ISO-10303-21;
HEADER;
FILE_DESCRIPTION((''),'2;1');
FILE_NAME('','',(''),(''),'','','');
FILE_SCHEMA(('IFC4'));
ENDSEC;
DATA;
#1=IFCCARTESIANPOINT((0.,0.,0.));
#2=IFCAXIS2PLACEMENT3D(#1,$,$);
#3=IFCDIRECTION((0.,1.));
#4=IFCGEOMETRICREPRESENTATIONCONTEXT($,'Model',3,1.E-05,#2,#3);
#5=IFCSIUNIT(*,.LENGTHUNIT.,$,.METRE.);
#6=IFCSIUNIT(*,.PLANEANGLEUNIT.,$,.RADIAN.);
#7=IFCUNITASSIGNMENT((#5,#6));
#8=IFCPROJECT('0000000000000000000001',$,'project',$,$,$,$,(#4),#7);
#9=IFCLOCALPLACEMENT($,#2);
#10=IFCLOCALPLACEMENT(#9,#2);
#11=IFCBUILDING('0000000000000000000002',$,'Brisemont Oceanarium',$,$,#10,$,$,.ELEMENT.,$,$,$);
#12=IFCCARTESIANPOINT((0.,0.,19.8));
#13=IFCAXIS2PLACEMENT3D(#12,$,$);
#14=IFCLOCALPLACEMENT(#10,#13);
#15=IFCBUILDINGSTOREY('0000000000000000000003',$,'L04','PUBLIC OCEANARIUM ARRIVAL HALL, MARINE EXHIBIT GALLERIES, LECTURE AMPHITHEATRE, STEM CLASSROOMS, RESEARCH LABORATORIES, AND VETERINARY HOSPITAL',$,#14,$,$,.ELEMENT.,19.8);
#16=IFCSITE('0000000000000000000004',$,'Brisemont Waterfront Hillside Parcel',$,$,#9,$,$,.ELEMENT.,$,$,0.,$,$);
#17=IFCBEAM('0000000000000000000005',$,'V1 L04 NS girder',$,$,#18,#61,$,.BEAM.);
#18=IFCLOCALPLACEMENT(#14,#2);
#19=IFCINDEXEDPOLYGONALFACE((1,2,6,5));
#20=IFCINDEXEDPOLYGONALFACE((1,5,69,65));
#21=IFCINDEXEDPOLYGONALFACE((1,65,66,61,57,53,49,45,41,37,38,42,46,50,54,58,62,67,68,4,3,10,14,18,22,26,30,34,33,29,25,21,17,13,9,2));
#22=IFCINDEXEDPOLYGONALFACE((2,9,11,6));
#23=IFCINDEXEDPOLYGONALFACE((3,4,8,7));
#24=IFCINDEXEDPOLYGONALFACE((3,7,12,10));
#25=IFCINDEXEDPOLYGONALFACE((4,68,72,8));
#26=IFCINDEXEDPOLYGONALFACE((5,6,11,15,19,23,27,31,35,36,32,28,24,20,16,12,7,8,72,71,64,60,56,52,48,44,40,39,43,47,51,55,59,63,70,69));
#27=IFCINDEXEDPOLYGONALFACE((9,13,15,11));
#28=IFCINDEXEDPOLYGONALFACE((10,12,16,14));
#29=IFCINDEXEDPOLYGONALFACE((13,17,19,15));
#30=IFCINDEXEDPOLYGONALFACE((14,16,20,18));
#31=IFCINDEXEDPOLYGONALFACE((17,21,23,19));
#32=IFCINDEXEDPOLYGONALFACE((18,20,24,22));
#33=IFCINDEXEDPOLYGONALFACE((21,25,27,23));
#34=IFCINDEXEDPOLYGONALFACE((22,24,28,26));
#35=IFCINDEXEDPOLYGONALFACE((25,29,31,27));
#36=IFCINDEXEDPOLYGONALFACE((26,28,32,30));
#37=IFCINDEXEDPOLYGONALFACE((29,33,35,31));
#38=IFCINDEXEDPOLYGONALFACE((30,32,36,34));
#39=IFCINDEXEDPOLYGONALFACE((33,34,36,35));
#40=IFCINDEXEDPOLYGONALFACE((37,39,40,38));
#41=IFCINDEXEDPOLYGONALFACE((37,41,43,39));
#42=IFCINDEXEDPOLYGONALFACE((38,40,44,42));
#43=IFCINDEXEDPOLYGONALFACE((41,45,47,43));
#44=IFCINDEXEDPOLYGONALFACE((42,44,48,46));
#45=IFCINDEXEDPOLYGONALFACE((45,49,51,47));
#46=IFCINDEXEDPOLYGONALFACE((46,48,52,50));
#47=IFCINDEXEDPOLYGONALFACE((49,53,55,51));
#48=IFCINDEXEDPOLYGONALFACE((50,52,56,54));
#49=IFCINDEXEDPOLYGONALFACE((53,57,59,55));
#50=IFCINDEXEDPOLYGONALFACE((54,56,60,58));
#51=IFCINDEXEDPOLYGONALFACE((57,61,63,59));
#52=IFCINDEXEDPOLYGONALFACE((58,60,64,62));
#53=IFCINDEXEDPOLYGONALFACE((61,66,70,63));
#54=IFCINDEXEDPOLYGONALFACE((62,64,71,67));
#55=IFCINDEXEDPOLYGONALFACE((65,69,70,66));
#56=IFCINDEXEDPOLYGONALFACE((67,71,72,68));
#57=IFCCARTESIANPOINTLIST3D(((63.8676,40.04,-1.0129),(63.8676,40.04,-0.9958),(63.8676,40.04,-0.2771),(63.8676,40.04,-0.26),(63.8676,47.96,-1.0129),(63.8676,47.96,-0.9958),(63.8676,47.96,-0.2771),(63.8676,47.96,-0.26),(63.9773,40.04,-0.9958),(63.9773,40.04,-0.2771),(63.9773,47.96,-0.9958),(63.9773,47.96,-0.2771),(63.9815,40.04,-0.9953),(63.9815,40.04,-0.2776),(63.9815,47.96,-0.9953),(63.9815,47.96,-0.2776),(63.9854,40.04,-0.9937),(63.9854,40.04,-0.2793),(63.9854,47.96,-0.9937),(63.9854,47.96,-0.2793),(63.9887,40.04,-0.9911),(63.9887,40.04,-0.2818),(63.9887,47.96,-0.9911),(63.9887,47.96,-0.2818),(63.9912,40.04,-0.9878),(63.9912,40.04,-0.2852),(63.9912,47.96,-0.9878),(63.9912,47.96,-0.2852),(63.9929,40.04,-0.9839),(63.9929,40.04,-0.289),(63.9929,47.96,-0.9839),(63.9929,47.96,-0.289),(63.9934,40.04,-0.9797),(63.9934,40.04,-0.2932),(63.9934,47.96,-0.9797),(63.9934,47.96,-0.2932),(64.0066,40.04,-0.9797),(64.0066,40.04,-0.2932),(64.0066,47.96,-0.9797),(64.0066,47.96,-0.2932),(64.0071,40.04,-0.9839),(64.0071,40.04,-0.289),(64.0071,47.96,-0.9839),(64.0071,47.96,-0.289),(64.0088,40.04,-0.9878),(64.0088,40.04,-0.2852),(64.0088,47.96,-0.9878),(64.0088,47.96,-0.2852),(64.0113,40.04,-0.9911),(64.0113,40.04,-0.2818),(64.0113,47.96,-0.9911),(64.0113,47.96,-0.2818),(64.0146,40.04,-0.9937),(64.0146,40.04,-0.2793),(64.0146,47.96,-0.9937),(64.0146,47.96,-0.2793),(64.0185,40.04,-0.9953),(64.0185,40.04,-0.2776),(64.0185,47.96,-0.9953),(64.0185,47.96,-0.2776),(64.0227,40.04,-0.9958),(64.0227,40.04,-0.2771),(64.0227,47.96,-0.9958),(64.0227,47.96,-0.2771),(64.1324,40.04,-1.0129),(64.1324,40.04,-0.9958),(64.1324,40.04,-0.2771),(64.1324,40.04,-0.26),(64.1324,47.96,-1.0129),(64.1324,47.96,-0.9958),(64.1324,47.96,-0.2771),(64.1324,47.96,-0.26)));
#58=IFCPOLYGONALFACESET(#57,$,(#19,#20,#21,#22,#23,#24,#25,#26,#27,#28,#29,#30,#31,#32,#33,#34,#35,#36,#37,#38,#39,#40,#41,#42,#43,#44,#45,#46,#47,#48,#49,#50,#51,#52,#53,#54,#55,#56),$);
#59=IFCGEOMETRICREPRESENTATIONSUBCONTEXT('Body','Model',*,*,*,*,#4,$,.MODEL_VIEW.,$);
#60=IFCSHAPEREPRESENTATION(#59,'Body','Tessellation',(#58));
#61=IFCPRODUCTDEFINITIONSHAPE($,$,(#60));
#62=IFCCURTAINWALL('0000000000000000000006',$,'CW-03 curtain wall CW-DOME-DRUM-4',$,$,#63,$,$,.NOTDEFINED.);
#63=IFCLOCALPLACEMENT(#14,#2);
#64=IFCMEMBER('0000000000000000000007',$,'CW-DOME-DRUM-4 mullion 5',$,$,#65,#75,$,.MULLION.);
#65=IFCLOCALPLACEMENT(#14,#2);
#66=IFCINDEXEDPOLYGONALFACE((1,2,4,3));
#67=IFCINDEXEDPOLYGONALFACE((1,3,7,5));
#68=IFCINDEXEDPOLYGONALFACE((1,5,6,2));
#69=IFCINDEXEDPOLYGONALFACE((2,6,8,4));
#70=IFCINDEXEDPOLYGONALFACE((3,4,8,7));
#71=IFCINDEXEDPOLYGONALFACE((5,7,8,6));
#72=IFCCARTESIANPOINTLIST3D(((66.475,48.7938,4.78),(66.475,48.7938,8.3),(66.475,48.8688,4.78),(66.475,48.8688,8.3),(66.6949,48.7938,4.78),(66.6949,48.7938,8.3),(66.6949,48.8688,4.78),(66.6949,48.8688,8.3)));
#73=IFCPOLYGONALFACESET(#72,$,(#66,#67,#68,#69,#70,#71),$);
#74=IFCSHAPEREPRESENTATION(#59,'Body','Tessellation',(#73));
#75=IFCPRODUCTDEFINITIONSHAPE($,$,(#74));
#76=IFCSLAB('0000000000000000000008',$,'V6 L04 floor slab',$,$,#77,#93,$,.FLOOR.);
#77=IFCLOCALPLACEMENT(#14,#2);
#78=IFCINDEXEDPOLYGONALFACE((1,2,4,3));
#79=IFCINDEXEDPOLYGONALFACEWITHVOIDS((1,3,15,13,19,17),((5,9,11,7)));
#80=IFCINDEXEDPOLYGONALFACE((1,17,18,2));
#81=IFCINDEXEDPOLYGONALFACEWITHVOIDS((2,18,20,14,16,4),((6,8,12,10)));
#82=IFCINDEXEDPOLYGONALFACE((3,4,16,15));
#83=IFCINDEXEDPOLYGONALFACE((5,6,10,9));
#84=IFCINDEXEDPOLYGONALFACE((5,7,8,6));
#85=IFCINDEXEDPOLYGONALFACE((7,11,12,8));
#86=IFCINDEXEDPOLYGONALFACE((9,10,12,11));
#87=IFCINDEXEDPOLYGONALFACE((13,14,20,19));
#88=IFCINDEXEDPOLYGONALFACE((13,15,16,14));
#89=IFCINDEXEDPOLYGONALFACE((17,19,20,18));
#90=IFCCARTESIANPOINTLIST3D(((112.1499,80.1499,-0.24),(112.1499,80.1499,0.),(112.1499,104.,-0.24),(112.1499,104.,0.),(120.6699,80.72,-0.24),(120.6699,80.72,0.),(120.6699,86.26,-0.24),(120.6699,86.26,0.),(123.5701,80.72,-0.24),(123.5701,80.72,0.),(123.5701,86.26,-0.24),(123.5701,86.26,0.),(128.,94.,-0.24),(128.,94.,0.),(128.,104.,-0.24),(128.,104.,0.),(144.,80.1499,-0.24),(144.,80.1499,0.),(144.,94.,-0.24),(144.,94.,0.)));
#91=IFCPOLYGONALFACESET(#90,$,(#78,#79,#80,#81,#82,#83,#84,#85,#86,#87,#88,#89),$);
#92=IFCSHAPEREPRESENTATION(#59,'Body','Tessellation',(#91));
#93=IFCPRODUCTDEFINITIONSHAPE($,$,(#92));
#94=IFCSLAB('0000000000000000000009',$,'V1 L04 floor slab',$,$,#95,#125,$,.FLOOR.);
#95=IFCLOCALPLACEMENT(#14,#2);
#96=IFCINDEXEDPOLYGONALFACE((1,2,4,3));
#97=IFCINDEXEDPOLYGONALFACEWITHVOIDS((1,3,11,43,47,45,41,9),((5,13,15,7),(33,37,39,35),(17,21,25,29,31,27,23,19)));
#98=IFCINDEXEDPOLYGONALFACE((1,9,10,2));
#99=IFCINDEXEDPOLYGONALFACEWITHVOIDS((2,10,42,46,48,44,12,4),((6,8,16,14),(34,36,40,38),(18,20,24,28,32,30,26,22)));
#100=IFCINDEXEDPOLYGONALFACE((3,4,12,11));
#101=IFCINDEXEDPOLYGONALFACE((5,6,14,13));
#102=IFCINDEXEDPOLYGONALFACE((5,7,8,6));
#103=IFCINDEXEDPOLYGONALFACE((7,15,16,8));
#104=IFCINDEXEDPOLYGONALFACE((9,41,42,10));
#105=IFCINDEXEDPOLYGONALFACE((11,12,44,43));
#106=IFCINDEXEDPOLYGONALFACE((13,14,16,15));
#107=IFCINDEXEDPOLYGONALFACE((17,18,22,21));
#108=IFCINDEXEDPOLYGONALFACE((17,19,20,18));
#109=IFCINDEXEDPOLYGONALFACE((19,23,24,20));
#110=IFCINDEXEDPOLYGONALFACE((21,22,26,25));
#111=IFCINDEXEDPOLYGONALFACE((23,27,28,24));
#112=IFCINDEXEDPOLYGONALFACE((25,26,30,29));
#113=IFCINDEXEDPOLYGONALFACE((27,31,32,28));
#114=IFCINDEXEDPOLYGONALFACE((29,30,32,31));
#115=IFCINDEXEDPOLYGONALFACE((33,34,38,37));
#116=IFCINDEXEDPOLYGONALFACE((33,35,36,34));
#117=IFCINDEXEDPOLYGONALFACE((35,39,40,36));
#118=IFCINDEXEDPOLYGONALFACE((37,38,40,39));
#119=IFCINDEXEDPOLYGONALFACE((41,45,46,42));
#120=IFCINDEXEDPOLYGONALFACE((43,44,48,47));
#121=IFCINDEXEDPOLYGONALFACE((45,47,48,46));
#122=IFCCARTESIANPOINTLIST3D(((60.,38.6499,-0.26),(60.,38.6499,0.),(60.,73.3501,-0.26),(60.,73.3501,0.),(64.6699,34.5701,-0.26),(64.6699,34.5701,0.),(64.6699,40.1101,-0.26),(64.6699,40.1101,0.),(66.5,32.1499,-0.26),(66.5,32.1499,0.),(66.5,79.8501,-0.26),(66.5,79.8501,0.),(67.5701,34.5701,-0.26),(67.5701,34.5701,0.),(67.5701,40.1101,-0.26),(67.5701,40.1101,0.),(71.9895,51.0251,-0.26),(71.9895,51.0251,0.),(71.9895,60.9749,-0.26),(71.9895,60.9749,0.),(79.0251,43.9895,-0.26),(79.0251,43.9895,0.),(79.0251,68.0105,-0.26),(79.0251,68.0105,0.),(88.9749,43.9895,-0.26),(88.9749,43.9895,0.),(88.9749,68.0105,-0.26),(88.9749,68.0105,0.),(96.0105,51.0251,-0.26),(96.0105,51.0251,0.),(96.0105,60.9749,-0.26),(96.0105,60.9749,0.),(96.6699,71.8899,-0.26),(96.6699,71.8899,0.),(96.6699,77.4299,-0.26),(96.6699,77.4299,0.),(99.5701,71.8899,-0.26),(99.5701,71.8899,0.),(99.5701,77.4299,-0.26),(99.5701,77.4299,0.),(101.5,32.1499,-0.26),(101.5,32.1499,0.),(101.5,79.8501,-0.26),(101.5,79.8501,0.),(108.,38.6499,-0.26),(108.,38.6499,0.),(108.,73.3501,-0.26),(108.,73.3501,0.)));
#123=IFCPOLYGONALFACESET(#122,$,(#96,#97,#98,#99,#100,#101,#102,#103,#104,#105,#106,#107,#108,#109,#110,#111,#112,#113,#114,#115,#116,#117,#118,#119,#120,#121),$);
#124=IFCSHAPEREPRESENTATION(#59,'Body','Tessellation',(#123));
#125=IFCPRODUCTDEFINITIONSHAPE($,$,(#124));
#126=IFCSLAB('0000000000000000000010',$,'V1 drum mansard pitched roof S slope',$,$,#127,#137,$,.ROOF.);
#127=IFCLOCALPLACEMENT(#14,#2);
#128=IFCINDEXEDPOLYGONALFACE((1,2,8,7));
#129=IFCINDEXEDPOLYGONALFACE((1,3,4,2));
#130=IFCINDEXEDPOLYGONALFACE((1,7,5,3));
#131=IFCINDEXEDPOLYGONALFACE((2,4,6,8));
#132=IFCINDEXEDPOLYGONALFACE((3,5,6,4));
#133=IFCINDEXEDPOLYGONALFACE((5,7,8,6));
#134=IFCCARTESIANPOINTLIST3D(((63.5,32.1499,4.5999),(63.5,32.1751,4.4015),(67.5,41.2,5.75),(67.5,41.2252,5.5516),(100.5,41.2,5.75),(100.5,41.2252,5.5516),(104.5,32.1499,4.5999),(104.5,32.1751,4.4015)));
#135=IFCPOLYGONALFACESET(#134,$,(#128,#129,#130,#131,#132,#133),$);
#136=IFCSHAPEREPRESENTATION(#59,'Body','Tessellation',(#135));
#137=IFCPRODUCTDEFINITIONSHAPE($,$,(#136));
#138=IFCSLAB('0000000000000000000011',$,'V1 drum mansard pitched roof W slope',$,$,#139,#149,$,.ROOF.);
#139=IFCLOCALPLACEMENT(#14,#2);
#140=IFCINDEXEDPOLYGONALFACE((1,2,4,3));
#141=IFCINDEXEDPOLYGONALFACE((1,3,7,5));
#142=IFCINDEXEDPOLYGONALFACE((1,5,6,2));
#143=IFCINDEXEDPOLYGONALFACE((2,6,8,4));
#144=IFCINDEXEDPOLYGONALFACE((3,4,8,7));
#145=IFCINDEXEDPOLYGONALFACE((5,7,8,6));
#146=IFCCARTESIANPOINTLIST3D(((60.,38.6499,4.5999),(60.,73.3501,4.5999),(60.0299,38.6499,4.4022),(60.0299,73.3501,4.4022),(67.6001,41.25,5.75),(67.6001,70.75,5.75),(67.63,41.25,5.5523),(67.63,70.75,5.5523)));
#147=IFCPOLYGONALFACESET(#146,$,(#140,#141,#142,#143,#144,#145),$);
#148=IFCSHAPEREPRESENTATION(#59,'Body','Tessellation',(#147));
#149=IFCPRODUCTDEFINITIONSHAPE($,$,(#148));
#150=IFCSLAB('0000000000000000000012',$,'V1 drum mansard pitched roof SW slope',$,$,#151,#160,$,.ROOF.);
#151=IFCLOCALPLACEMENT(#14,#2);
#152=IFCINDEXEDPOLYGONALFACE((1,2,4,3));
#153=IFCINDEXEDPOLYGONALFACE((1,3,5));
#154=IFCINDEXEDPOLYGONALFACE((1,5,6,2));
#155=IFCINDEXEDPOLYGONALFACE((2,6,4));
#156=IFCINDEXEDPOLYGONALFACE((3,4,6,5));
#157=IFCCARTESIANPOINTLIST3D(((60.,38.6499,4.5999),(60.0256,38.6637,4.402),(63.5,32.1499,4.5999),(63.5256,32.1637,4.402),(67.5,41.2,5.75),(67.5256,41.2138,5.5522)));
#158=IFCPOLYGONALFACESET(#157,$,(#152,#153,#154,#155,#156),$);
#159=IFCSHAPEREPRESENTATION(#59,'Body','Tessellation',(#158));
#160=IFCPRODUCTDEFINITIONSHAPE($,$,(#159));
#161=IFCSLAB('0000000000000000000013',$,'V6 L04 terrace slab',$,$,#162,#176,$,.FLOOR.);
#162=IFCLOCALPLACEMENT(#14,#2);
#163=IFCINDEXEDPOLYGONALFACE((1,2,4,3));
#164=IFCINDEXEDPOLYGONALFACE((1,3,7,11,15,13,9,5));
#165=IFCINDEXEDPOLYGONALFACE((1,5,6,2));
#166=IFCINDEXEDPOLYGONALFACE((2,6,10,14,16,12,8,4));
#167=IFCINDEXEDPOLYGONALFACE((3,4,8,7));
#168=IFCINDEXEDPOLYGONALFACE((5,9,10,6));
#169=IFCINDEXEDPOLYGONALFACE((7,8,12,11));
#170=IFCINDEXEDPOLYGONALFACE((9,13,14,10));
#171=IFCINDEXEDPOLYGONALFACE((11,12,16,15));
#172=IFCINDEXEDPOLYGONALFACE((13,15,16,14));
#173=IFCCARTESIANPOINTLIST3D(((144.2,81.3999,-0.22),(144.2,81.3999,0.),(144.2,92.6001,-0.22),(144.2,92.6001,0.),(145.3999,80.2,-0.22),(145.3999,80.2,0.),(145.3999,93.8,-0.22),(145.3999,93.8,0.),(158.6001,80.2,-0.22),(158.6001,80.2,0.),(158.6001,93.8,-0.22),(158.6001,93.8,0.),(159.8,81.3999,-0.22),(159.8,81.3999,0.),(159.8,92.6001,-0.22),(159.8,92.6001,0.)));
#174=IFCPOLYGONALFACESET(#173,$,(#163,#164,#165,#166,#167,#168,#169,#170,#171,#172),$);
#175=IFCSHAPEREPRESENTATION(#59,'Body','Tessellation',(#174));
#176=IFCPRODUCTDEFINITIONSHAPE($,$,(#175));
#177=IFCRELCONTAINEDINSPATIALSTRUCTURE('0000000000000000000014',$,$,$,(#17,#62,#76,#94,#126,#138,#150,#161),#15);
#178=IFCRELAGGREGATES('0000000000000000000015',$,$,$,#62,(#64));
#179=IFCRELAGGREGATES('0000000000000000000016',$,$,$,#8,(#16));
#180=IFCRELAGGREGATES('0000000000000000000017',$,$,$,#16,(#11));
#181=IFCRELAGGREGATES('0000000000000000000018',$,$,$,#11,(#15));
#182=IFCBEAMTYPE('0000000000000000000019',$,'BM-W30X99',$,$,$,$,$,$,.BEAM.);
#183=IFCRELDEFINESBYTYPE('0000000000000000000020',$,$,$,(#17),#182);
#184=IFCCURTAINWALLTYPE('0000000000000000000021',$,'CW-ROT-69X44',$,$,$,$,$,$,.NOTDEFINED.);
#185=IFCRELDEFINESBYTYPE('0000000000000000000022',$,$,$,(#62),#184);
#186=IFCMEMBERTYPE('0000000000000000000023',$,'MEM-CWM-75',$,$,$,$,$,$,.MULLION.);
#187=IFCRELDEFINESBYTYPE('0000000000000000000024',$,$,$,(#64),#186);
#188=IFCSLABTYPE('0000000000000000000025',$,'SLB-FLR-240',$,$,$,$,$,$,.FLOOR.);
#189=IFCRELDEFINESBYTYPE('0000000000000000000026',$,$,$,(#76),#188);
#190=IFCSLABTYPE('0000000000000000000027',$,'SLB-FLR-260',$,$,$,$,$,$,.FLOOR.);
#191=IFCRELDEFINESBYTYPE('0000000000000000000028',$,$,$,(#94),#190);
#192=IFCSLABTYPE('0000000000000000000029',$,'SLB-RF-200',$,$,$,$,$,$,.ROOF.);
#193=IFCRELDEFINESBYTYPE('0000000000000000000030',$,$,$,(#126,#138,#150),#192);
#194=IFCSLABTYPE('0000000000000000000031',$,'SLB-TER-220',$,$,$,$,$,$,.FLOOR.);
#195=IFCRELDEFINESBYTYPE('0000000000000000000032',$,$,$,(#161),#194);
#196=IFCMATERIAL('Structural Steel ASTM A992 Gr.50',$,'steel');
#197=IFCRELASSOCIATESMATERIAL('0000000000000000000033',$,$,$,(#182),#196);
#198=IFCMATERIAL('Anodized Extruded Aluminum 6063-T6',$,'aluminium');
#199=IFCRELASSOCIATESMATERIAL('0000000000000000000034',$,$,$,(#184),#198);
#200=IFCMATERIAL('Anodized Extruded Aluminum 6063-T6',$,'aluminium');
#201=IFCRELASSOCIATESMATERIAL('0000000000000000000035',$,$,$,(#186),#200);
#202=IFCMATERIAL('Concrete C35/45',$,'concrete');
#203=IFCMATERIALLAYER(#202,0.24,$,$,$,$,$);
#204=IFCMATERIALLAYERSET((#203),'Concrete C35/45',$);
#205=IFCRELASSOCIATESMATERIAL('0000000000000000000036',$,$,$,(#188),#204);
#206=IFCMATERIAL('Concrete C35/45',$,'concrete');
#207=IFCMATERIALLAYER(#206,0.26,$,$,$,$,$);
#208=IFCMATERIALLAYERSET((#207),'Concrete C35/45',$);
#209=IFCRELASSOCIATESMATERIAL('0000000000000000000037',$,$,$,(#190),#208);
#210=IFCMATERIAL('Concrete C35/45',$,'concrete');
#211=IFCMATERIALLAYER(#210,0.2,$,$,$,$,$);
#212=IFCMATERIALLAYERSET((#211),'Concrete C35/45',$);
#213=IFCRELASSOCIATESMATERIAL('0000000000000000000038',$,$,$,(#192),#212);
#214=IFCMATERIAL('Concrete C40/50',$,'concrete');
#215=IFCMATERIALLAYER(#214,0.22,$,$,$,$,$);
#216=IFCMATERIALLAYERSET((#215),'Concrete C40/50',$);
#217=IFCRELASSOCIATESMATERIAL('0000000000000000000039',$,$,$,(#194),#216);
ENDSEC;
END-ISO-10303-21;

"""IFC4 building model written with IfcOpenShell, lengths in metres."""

from ifc_helpers import new_model, si_unit, direction, frame, origin, origin_2d, place, context, subcontext, project, spatial, polyline, rectangle, i_section, outline, extrude, material, layer, layer_set, material_profile, profile_set, type_object, element, aggregate, save


model = new_model("IFC4")

# Units and contexts
model_context = context("Model", 3, precision=1e-05, world=origin(), true_north=direction((0.0, 1.0)))
body_context = subcontext(model_context, "Body", "Model", "MODEL_VIEW")
ifc_project = project(units=[si_unit("LENGTHUNIT", "METRE"), si_unit("PLANEANGLEUNIT", "RADIAN")], contexts=[model_context])

# Site, building, storey
site_placement = place(None, origin())
site = spatial("IfcSite", under=ifc_project, at=site_placement, Name="Brisemont Waterfront Hillside Parcel", CompositionType="ELEMENT", RefElevation=0.0)
building_placement = place(site_placement, origin())
building = spatial("IfcBuilding", under=site, at=building_placement, Name="Brisemont Oceanarium", CompositionType="ELEMENT")
storey_placement = place(building_placement, frame((0.0, 0.0, 19.8)))
storey = spatial("IfcBuildingStorey", under=building, at=storey_placement, Name="L04", Description="PUBLIC OCEANARIUM ARRIVAL HALL, MARINE EXHIBIT GALLERIES, LECTURE AMPHITHEATRE, STEM CLASSROOMS, RESEARCH LABORATORIES, AND VETERINARY HOSPITAL", CompositionType="ELEMENT", Elevation=19.8)

# Beam
ifc_material_1 = material(Name="Structural Steel ASTM A992 Gr.50", Category="steel")
ifc_material_profile_1 = material_profile(ifc_material_1, i_section(OverallWidth=0.2649, OverallDepth=0.7529, WebThickness=0.0132, FlangeThickness=0.0171, FilletRadius=0.0161, at=origin_2d()), Name="W30X99")
ifc_profile_set_1 = profile_set([ifc_material_profile_1], Name="Structural Steel ASTM A992 Gr.50")
beam_type_1 = type_object("IfcBeamType", Name="BM-W30X99", PredefinedType="BEAM", material=ifc_profile_set_1)
beam_1_placement = place(storey_placement, frame((64.0, 40.04, -0.6365), z_axis=(0.0, 1.0, 0.0), x_axis=(-1.0, 0.0, 0.0)))
element("IfcBeam", 1, at=beam_1_placement, inside=storey, type_object=beam_type_1, Name="V1 L04 NS girder", PredefinedType="BEAM", context=body_context, shape_type="SweptSolid", body=[
    extrude(i_section(OverallWidth=0.2649, OverallDepth=0.7529, WebThickness=0.0132, FlangeThickness=0.0171, FilletRadius=0.0161, at=origin_2d()), origin(), (0.0, 0.0, 1.0), 7.9199),
])

# Curtain wall, member
ifc_material_2 = material(Name="Anodized Extruded Aluminum 6063-T6", Category="aluminium")
curtain_wall_type = type_object("IfcCurtainWallType", Name="CW-ROT-69X44", PredefinedType="NOTDEFINED", material=ifc_material_2)
curtain_wall_placement = place(storey_placement, origin())
curtain_wall = element("IfcCurtainWall", 2, at=curtain_wall_placement, inside=storey, type_object=curtain_wall_type, Name="CW-03 curtain wall CW-DOME-DRUM-4", PredefinedType="NOTDEFINED")
ifc_material_3 = material(Name="Anodized Extruded Aluminum 6063-T6", Category="aluminium")
ifc_material_profile_2 = material_profile(ifc_material_3, rectangle(XDim=0.075, YDim=0.22, at=origin_2d()), Name="CWM-75X220")
ifc_profile_set_2 = profile_set([ifc_material_profile_2], Name="Anodized Extruded Aluminum 6063-T6")
member_type = type_object("IfcMemberType", Name="MEM-CWM-75", PredefinedType="MULLION", material=ifc_profile_set_2)
member_placement = place(storey_placement, frame((66.585, 48.8313, 4.78), z_axis=(0.0, 0.0, 1.0), x_axis=(0.0, -1.0, 0.0)))
member = element("IfcMember", 3, at=member_placement, type_object=member_type, Name="CW-DOME-DRUM-4 mullion 5", PredefinedType="MULLION", context=body_context, shape_type="SweptSolid", body=[
    extrude(rectangle(XDim=0.075, YDim=0.22, at=origin_2d()), origin(), (0.0, 0.0, 1.0), 3.52),
])
aggregate(curtain_wall, [member])

# Slabs
ifc_material_4 = material(Name="Concrete C35/45", Category="concrete")
ifc_layer_1 = layer(ifc_material_4, 0.24)
ifc_layer_set_1 = layer_set([ifc_layer_1], Name="Concrete C35/45")
slab_type_1 = type_object("IfcSlabType", Name="SLB-FLR-240", PredefinedType="FLOOR", material=ifc_layer_set_1)
slab_1_placement = place(storey_placement, frame((0.0, 0.0, -0.24)))
element("IfcSlab", 4, at=slab_1_placement, inside=storey, type_object=slab_type_1, Name="V6 L04 floor slab", PredefinedType="FLOOR", context=body_context, shape_type="SweptSolid", body=[
    extrude(outline(polyline([(112.1499, 80.1499), (144.0, 80.1499), (144.0, 94.0), (128.0, 94.0), (128.0, 104.0), (112.1499, 104.0), (112.1499, 80.1499)]), holes=[polyline([(120.6699, 80.72), (123.5701, 80.72), (123.5701, 86.26), (120.6699, 86.26), (120.6699, 80.72)])]), origin(), (0.0, 0.0, 1.0), 0.24),
])
ifc_material_5 = material(Name="Concrete C35/45", Category="concrete")
ifc_layer_2 = layer(ifc_material_5, 0.26)
ifc_layer_set_2 = layer_set([ifc_layer_2], Name="Concrete C35/45")
slab_type_2 = type_object("IfcSlabType", Name="SLB-FLR-260", PredefinedType="FLOOR", material=ifc_layer_set_2)
slab_2_placement = place(storey_placement, frame((0.0, 0.0, -0.26)))
element("IfcSlab", 5, at=slab_2_placement, inside=storey, type_object=slab_type_2, Name="V1 L04 floor slab", PredefinedType="FLOOR", context=body_context, shape_type="SweptSolid", body=[
    extrude(outline(polyline([(66.5, 32.1499), (101.5, 32.1499), (108.0, 38.6499), (108.0, 73.3501), (101.5, 79.8501), (66.5, 79.8501), (60.0, 73.3501), (60.0, 38.6499), (66.5, 32.1499)]), holes=[polyline([(96.0105, 60.9749), (88.9749, 68.0105), (79.0251, 68.0105), (71.9895, 60.9749), (71.9895, 51.0251), (79.0251, 43.9895), (88.9749, 43.9895), (96.0105, 51.0251), (96.0105, 60.9749)]), polyline([(64.6699, 34.5701), (67.5701, 34.5701), (67.5701, 40.1101), (64.6699, 40.1101), (64.6699, 34.5701)]), polyline([(96.6699, 71.8899), (99.5701, 71.8899), (99.5701, 77.4299), (96.6699, 77.4299), (96.6699, 71.8899)])]), origin(), (0.0, 0.0, 1.0), 0.26),
])
ifc_material_6 = material(Name="Concrete C35/45", Category="concrete")
ifc_layer_3 = layer(ifc_material_6, 0.2)
ifc_layer_set_3 = layer_set([ifc_layer_3], Name="Concrete C35/45")
slab_type_3 = type_object("IfcSlabType", Name="SLB-RF-200", PredefinedType="ROOF", material=ifc_layer_set_3)
slab_3_placement = place(storey_placement, frame((63.5, 32.1499, 4.5999), z_axis=(0.0, -0.126073, 0.992021), x_axis=(1.0, 0.0, 0.0)))
element("IfcSlab", 6, at=slab_3_placement, inside=storey, type_object=slab_type_3, Name="V1 drum mansard pitched roof S slope", PredefinedType="ROOF", context=body_context, shape_type="SweptSolid", body=[
    extrude(outline(polyline([(0.0, 0.0), (41.0, 0.0), (37.0, 9.1228), (4.0, 9.1228), (0.0, 0.0)])), origin(), (0.0, 0.0, -1.0), 0.2),
])
slab_4_placement = place(storey_placement, frame((60.0, 38.6499, 4.5999), z_axis=(-0.149629, 0.0, 0.988742), x_axis=(0.936609, 0.320427, 0.14174)))
element("IfcSlab", 7, at=slab_4_placement, inside=storey, type_object=slab_type_3, Name="V1 drum mansard pitched roof W slope", PredefinedType="ROOF", context=body_context, shape_type="SweptSolid", body=[
    extrude(outline(polyline([(0.0, 0.0), (8.1145, 0.0), (17.5671, 27.9446), (11.1189, 32.8706), (0.0, 0.0)])), origin(), (0.0, 0.0, -1.0), 0.2),
])
slab_5_placement = place(storey_placement, frame((60.0, 38.6499, 4.5999), z_axis=(-0.128239, -0.069052, 0.989336), x_axis=(0.4741, -0.880471, 0.0)))
element("IfcSlab", 8, at=slab_5_placement, inside=storey, type_object=slab_type_3, Name="V1 drum mansard pitched roof SW slope", PredefinedType="ROOF", context=body_context, shape_type="SweptSolid", body=[
    extrude(outline(polyline([(0.0, 0.0), (7.3824, 0.0), (1.3105, 7.8967), (0.0, 0.0)])), origin(), (0.0, 0.0, -1.0), 0.2),
])
ifc_material_7 = material(Name="Concrete C40/50", Category="concrete")
ifc_layer_4 = layer(ifc_material_7, 0.22)
ifc_layer_set_4 = layer_set([ifc_layer_4], Name="Concrete C40/50")
slab_type_4 = type_object("IfcSlabType", Name="SLB-TER-220", PredefinedType="FLOOR", material=ifc_layer_set_4)
slab_6_placement = place(storey_placement, frame((0.0, 0.0, -0.22)))
element("IfcSlab", 9, at=slab_6_placement, inside=storey, type_object=slab_type_4, Name="V6 L04 terrace slab", PredefinedType="FLOOR", context=body_context, shape_type="SweptSolid", body=[
    extrude(outline(polyline([(145.3999, 80.2), (158.6001, 80.2), (159.8, 81.3999), (159.8, 92.6001), (158.6001, 93.8), (145.3999, 93.8), (144.2, 92.6001), (144.2, 81.3999), (145.3999, 80.2)])), origin(), (0.0, 0.0, 1.0), 0.22),
])

save(model, "model.ifc")
